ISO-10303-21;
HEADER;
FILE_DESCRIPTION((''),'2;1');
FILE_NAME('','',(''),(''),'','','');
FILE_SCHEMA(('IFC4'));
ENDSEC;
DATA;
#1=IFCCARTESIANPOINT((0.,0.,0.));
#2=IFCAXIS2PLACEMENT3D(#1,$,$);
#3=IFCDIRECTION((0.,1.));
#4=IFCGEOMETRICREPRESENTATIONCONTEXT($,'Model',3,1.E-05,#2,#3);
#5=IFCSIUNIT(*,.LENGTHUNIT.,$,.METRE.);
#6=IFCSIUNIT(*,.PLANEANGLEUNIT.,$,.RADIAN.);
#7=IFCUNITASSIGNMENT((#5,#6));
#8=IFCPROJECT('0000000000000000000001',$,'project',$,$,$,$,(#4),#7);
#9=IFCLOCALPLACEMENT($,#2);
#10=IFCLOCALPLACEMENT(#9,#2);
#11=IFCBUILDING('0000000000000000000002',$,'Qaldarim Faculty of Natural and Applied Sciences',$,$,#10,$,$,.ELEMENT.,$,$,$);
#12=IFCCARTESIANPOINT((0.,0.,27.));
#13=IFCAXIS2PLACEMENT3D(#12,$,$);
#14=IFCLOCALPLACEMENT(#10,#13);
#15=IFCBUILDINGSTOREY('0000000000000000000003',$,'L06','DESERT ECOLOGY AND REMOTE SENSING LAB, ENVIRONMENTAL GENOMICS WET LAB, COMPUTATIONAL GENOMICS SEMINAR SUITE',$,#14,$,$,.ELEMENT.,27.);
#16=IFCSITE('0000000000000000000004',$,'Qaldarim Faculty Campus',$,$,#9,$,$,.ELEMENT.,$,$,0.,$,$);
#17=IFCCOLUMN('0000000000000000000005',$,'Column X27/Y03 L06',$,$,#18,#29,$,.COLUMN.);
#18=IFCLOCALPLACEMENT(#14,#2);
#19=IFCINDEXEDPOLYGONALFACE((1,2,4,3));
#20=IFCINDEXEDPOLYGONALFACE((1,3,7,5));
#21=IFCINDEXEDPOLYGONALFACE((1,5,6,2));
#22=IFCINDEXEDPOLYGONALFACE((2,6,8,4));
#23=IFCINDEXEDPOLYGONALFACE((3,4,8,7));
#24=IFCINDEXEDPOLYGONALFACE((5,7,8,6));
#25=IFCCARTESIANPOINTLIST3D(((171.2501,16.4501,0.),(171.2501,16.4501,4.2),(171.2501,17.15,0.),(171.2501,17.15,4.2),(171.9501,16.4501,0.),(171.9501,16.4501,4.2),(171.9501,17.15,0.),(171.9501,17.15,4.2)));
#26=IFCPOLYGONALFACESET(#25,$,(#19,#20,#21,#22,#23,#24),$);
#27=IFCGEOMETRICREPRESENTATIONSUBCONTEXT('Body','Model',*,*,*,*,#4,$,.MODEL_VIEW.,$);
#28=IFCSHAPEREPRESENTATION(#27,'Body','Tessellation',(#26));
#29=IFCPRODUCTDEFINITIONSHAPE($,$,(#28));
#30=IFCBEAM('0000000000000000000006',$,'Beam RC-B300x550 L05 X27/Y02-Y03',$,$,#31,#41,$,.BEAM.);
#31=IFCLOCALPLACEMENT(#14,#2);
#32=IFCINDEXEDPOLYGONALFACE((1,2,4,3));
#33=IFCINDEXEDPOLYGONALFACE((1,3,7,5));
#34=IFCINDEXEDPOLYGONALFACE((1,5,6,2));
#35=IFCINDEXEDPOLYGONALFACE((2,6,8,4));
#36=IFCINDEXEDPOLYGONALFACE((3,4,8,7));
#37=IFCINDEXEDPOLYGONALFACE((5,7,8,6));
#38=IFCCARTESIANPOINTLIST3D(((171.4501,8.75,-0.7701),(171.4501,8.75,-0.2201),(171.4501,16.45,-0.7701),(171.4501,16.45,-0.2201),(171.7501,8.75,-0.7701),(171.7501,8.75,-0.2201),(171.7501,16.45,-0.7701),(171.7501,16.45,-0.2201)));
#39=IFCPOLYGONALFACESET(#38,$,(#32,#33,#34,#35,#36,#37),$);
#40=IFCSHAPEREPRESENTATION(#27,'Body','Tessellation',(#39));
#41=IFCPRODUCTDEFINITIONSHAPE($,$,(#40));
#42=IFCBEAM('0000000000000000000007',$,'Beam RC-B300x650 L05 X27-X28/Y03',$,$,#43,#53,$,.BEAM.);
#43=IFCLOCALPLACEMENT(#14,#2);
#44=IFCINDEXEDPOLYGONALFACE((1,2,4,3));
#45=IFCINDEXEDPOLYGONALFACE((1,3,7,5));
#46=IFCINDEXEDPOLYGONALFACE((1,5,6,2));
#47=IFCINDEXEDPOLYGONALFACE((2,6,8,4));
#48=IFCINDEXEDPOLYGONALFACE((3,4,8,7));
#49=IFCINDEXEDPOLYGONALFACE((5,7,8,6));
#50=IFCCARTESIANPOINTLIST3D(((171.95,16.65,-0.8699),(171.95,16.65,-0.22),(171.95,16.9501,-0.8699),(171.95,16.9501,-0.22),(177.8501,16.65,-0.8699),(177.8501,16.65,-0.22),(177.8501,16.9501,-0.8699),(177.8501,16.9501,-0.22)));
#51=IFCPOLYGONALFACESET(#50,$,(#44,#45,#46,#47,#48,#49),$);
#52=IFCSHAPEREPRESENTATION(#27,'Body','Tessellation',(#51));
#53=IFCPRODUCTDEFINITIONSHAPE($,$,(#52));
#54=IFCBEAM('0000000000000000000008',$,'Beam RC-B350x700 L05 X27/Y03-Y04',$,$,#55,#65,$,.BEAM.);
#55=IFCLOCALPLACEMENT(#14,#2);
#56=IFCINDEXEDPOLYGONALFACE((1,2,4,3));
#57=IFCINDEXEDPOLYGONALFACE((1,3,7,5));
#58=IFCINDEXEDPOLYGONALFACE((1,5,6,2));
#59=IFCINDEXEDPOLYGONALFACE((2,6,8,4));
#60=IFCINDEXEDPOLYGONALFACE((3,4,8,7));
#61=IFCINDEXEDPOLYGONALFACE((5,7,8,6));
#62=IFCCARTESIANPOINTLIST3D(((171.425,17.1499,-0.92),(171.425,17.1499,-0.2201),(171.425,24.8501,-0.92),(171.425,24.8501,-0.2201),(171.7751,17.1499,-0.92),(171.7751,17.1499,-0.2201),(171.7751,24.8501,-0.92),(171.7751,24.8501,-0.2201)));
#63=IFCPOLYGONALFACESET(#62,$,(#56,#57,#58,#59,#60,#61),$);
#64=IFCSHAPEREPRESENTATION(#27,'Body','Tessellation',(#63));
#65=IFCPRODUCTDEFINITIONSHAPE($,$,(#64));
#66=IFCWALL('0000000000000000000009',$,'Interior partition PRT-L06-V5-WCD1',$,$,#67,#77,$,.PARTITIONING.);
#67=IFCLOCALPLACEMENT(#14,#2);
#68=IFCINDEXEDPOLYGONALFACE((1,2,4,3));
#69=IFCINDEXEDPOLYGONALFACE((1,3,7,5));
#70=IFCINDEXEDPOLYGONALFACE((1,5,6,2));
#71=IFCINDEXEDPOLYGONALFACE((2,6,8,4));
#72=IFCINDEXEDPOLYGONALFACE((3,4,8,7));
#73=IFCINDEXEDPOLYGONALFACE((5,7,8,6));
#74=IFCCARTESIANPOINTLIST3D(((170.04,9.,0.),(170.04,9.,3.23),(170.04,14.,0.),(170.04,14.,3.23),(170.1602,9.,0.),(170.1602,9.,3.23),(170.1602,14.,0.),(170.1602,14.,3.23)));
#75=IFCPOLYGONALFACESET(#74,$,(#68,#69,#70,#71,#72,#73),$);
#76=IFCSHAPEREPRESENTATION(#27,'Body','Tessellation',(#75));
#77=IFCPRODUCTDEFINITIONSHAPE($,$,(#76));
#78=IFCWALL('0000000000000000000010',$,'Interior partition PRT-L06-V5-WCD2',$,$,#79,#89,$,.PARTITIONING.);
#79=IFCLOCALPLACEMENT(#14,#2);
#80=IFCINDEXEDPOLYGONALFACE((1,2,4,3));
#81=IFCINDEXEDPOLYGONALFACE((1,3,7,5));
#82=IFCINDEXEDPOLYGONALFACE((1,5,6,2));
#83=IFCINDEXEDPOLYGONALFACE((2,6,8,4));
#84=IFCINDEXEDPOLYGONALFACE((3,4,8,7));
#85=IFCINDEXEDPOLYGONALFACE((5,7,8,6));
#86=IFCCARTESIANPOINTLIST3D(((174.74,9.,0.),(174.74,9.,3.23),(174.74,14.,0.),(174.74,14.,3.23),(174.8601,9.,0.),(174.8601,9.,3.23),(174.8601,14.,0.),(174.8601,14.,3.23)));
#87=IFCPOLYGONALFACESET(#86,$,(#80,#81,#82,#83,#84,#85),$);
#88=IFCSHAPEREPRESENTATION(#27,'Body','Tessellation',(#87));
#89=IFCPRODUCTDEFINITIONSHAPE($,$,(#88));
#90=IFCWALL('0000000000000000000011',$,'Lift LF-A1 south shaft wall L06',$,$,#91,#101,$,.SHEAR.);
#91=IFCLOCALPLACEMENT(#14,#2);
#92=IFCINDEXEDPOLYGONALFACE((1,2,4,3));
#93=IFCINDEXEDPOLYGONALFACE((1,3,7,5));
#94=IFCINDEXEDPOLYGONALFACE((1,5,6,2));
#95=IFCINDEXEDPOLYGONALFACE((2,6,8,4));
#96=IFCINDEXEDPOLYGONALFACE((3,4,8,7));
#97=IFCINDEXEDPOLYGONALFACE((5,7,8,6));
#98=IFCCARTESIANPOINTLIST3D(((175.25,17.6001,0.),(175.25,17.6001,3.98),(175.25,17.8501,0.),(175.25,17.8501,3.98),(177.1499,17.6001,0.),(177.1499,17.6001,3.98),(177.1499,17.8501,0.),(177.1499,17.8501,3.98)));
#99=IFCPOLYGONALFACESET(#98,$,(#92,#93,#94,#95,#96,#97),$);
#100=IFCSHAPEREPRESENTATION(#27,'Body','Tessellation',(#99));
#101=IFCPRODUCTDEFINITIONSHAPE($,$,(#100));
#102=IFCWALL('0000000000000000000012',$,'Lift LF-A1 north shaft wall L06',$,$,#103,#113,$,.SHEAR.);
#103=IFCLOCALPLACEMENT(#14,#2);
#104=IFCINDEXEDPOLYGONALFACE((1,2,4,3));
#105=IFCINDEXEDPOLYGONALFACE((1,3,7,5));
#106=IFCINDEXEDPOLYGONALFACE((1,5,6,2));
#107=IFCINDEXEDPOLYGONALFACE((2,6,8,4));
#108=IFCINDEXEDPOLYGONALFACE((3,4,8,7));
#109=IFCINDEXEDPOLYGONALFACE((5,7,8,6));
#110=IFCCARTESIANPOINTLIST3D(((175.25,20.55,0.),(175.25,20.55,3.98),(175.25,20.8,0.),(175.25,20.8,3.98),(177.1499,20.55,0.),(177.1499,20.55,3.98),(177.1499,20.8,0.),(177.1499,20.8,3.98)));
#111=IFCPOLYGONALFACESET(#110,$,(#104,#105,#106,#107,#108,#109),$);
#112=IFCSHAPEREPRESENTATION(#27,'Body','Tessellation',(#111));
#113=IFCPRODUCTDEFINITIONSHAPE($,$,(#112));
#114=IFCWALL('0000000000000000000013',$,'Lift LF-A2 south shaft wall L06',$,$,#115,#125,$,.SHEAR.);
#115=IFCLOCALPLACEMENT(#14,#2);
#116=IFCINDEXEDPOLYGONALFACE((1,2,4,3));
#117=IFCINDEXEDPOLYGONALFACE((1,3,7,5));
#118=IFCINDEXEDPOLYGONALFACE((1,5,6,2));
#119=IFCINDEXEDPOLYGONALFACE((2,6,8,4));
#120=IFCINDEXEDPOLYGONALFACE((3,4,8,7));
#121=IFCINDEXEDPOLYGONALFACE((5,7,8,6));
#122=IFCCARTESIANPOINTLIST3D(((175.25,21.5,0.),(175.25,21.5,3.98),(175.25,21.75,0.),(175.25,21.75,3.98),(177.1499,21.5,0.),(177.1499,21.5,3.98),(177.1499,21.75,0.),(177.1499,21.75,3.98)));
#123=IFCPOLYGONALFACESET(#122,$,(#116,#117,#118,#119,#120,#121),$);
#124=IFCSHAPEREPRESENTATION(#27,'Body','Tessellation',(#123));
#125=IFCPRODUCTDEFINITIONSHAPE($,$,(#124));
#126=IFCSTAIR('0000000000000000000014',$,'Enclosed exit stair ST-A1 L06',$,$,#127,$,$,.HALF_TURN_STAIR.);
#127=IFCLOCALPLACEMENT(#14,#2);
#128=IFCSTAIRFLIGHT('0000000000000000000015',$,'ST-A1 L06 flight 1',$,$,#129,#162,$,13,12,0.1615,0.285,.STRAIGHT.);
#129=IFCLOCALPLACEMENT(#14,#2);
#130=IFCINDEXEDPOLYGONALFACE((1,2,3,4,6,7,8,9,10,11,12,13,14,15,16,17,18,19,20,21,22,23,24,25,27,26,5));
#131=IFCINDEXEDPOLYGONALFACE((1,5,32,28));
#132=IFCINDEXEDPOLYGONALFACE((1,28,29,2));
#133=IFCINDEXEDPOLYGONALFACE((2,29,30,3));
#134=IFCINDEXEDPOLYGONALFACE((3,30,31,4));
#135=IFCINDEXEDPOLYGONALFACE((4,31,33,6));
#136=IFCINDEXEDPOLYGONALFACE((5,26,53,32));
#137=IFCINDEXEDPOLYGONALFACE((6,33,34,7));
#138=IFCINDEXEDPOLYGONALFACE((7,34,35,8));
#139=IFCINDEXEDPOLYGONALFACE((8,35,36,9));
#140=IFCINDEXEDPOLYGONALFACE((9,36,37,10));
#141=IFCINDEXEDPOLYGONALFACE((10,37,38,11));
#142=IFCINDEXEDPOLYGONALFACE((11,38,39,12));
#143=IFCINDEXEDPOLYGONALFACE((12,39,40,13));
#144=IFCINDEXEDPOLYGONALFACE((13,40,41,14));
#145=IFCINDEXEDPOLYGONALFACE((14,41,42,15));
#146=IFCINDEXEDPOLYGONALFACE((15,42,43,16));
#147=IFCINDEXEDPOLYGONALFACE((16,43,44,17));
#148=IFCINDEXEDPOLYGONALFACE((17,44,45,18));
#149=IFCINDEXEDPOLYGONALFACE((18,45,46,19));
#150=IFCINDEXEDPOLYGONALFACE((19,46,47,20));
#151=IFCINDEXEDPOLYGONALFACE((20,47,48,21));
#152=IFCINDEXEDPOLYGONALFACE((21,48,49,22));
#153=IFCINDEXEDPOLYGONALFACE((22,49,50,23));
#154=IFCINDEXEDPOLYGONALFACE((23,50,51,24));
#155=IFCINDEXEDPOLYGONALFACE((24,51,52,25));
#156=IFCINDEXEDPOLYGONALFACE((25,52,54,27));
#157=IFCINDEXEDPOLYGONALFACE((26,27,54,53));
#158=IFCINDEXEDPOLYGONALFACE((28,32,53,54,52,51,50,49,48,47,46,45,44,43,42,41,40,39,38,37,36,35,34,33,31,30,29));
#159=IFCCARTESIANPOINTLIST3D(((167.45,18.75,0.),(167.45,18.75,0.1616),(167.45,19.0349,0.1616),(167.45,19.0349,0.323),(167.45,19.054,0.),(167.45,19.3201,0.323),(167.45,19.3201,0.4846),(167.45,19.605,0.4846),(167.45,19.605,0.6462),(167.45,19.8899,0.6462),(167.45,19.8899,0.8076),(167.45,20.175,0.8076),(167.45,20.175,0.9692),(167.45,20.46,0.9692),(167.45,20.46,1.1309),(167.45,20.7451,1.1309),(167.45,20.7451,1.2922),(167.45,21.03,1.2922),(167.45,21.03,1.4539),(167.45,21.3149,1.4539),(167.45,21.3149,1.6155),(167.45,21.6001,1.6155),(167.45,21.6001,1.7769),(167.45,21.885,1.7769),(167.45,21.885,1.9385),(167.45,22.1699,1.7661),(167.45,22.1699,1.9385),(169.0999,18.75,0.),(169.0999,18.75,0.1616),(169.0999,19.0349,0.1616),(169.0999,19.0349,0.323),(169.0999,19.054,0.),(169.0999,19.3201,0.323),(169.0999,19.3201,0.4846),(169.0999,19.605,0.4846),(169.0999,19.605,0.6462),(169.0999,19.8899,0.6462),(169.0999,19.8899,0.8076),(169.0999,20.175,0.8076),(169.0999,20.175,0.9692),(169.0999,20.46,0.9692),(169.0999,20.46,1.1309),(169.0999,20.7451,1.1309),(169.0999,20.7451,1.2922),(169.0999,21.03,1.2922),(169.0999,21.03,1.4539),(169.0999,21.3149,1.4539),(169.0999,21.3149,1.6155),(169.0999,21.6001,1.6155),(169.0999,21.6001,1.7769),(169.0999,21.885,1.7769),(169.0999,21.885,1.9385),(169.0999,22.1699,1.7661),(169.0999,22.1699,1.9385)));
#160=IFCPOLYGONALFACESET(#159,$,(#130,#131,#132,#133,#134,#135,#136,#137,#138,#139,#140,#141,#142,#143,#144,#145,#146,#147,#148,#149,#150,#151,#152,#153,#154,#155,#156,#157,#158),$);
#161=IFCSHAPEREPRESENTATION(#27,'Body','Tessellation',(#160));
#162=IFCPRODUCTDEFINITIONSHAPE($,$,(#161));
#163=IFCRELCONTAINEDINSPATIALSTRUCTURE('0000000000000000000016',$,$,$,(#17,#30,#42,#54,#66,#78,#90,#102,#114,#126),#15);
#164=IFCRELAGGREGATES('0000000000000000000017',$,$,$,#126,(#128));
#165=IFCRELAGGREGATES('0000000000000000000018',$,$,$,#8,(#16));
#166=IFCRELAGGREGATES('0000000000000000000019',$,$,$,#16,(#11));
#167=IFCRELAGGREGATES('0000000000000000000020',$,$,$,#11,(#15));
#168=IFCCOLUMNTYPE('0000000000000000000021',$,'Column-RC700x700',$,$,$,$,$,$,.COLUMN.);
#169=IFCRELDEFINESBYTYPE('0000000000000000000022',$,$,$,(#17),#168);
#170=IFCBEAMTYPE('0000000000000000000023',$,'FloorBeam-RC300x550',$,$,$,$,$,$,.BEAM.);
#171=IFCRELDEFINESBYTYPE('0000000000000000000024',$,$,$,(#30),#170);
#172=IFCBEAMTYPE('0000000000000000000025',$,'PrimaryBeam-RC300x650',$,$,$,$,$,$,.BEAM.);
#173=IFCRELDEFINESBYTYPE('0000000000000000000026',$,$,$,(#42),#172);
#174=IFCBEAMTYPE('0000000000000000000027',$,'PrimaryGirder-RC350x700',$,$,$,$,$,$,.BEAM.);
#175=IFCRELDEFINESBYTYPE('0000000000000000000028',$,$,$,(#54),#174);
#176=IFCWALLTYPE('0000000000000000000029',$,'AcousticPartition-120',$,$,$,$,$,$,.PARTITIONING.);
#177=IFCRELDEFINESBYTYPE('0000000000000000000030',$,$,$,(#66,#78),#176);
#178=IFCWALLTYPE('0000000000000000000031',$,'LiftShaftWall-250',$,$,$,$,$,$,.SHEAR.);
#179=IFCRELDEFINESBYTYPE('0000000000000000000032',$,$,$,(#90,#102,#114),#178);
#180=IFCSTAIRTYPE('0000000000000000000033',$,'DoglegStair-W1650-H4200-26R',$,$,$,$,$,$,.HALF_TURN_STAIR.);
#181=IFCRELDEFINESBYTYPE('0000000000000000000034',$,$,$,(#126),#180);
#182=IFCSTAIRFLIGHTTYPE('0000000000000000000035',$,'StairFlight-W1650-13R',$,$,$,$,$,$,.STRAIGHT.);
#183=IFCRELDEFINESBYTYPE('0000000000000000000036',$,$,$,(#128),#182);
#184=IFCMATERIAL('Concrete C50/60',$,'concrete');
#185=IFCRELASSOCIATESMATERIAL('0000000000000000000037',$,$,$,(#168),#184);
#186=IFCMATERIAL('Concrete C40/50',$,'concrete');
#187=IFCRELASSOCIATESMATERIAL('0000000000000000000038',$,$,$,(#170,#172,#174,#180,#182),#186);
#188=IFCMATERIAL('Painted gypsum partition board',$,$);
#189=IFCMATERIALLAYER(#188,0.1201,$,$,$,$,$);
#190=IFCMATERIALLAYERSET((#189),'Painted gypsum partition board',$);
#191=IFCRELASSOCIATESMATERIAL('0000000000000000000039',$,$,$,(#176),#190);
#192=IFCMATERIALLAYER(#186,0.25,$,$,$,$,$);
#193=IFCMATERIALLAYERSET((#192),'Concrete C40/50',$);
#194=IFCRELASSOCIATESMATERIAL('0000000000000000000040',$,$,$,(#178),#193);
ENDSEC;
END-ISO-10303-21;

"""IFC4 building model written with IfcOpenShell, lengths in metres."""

from ifc_helpers import new_model, si_unit, direction, frame, frame_2d, origin, origin_2d, place, context, subcontext, project, spatial, polyline, rectangle, outline, extrude, material, layer, layer_set, material_profile, profile_set, type_object, element, aggregate, save


model = new_model("IFC4")

# Units and contexts
model_context = context("Model", 3, precision=1e-05, world=origin(), true_north=direction((0.0, 1.0)))
body_context = subcontext(model_context, "Body", "Model", "MODEL_VIEW")
ifc_project = project(units=[si_unit("LENGTHUNIT", "METRE"), si_unit("PLANEANGLEUNIT", "RADIAN")], contexts=[model_context])

# Site, building, storey
site_placement = place(None, origin())
site = spatial("IfcSite", under=ifc_project, at=site_placement, Name="Qaldarim Faculty Campus", CompositionType="ELEMENT", RefElevation=0.0)
building_placement = place(site_placement, origin())
building = spatial("IfcBuilding", under=site, at=building_placement, Name="Qaldarim Faculty of Natural and Applied Sciences", CompositionType="ELEMENT")
storey_placement = place(building_placement, frame((0.0, 0.0, 27.0)))
storey = spatial("IfcBuildingStorey", under=building, at=storey_placement, Name="L06", Description="DESERT ECOLOGY AND REMOTE SENSING LAB, ENVIRONMENTAL GENOMICS WET LAB, COMPUTATIONAL GENOMICS SEMINAR SUITE", CompositionType="ELEMENT", Elevation=27.0)

# Column
ifc_material_1 = material(Name="Concrete C50/60", Category="concrete")
ifc_material_profile_1 = material_profile(ifc_material_1, rectangle(XDim=0.7, YDim=0.7, at=origin_2d()), Name="RC-C700x700")
ifc_profile_set_1 = profile_set([ifc_material_profile_1], Name="Concrete C50/60")
column_type = type_object("IfcColumnType", Name="Column-RC700x700", PredefinedType="COLUMN", material=ifc_profile_set_1)
column_placement = place(storey_placement, frame((171.6001, 16.8, 0.0), z_axis=(0.0, 0.0, 1.0), x_axis=(1.0, 0.0, 0.0)))
element("IfcColumn", 1, at=column_placement, inside=storey, type_object=column_type, Name="Column X27/Y03 L06", PredefinedType="COLUMN", context=body_context, shape_type="SweptSolid", body=[
    extrude(rectangle(XDim=0.7, YDim=0.7, at=origin_2d()), origin(), (0.0, 0.0, 1.0), 4.2),
])

# Beams
ifc_material_2 = material(Name="Concrete C40/50", Category="concrete")
ifc_material_profile_2 = material_profile(ifc_material_2, rectangle(XDim=0.3, YDim=0.55, at=origin_2d()), Name="RC-B300x550")
ifc_profile_set_2 = profile_set([ifc_material_profile_2], Name="Concrete C40/50")
beam_type_1 = type_object("IfcBeamType", Name="FloorBeam-RC300x550", PredefinedType="BEAM", material=ifc_profile_set_2)
beam_1_placement = place(storey_placement, frame((171.6001, 8.75, -0.4951), z_axis=(0.0, 1.0, 0.0), x_axis=(-1.0, 0.0, 0.0)))
element("IfcBeam", 2, at=beam_1_placement, inside=storey, type_object=beam_type_1, Name="Beam RC-B300x550 L05 X27/Y02-Y03", PredefinedType="BEAM", context=body_context, shape_type="SweptSolid", body=[
    extrude(rectangle(XDim=0.3, YDim=0.55, at=origin_2d()), origin(), (0.0, 0.0, 1.0), 7.7),
])
ifc_material_profile_3 = material_profile(ifc_material_2, rectangle(XDim=0.3, YDim=0.6499, at=origin_2d()), Name="RC-B300x650")
ifc_profile_set_3 = profile_set([ifc_material_profile_3], Name="Concrete C40/50")
beam_type_2 = type_object("IfcBeamType", Name="PrimaryBeam-RC300x650", PredefinedType="BEAM", material=ifc_profile_set_3)
beam_2_placement = place(storey_placement, frame((171.95, 16.8, -0.5449), z_axis=(1.0, 0.0, 0.0), x_axis=(0.0, 1.0, 0.0)))
element("IfcBeam", 3, at=beam_2_placement, inside=storey, type_object=beam_type_2, Name="Beam RC-B300x650 L05 X27-X28/Y03", PredefinedType="BEAM", context=body_context, shape_type="SweptSolid", body=[
    extrude(rectangle(XDim=0.3, YDim=0.6499, at=origin_2d()), origin(), (0.0, 0.0, 1.0), 5.9001),
])
ifc_material_profile_4 = material_profile(ifc_material_2, rectangle(XDim=0.3501, YDim=0.7, at=origin_2d()), Name="RC-B350x700")
ifc_profile_set_4 = profile_set([ifc_material_profile_4], Name="Concrete C40/50")
beam_type_3 = type_object("IfcBeamType", Name="PrimaryGirder-RC350x700", PredefinedType="BEAM", material=ifc_profile_set_4)
beam_3_placement = place(storey_placement, frame((171.6001, 17.1499, -0.5701), z_axis=(0.0, 1.0, 0.0), x_axis=(-1.0, 0.0, 0.0)))
element("IfcBeam", 4, at=beam_3_placement, inside=storey, type_object=beam_type_3, Name="Beam RC-B350x700 L05 X27/Y03-Y04", PredefinedType="BEAM", context=body_context, shape_type="SweptSolid", body=[
    extrude(rectangle(XDim=0.3501, YDim=0.7, at=origin_2d()), origin(), (0.0, 0.0, 1.0), 7.7002),
])

# Walls
ifc_material_3 = material(Name="Painted gypsum partition board")
ifc_layer_1 = layer(ifc_material_3, 0.1201)
ifc_layer_set_1 = layer_set([ifc_layer_1], Name="Painted gypsum partition board")
wall_type_1 = type_object("IfcWallType", Name="AcousticPartition-120", PredefinedType="PARTITIONING", material=ifc_layer_set_1)
for number, where, z_axis, x_axis, name in (
    (5, (170.1001, 9.0, 0.0), (0.0, 0.0, 1.0), (0.0, 1.0, 0.0), "Interior partition PRT-L06-V5-WCD1"),
    (6, (174.8, 9.0, 0.0), (0.0, 0.0, 1.0), (0.0, 1.0, 0.0), "Interior partition PRT-L06-V5-WCD2"),
):
    element("IfcWall", number, at=place(storey_placement, frame(where, z_axis=z_axis, x_axis=x_axis)), inside=storey, type_object=wall_type_1, Name=name, PredefinedType="PARTITIONING", context=body_context, shape_type="SweptSolid", body=[
        extrude(rectangle(XDim=5.0, YDim=0.1201, at=frame_2d((2.5, 0.0))), origin(), (0.0, 0.0, 1.0), 3.23),
    ])

# Shared definitions
ifc_layer_2 = layer(ifc_material_2, 0.25)
ifc_layer_set_2 = layer_set([ifc_layer_2], Name="Concrete C40/50")
wall_type_2 = type_object("IfcWallType", Name="LiftShaftWall-250", PredefinedType="SHEAR", material=ifc_layer_set_2)

# Walls
for number, where, z_axis, x_axis, name in (
    (7, (175.25, 17.7251, 0.0), (0.0, 0.0, 1.0), (1.0, 0.0, 0.0), "Lift LF-A1 south shaft wall L06"),
    (8, (175.25, 20.675, 0.0), (0.0, 0.0, 1.0), (1.0, 0.0, 0.0), "Lift LF-A1 north shaft wall L06"),
):
    element("IfcWall", number, at=place(storey_placement, frame(where, z_axis=z_axis, x_axis=x_axis)), inside=storey, type_object=wall_type_2, Name=name, PredefinedType="SHEAR", context=body_context, shape_type="SweptSolid", body=[
        extrude(rectangle(XDim=1.8999, YDim=0.25, at=frame_2d((0.95, 0.0))), origin(), (0.0, 0.0, 1.0), 3.98),
    ])

# Wall
wall_1_placement = place(storey_placement, frame((175.25, 21.625, 0.0), z_axis=(0.0, 0.0, 1.0), x_axis=(1.0, 0.0, 0.0)))
element("IfcWall", 9, at=wall_1_placement, inside=storey, type_object=wall_type_2, Name="Lift LF-A2 south shaft wall L06", PredefinedType="SHEAR", context=body_context, shape_type="SweptSolid", body=[
    extrude(rectangle(XDim=1.8999, YDim=0.25, at=frame_2d((0.95, 0.0))), origin(), (0.0, 0.0, 1.0), 3.98),
])

# Stair, stair flight
stair_type = type_object("IfcStairType", Name="DoglegStair-W1650-H4200-26R", PredefinedType="HALF_TURN_STAIR", material=ifc_material_2)
stair_placement = place(storey_placement, origin())
stair = element("IfcStair", 10, at=stair_placement, inside=storey, type_object=stair_type, Name="Enclosed exit stair ST-A1 L06", PredefinedType="HALF_TURN_STAIR")
stair_flight_type = type_object("IfcStairFlightType", Name="StairFlight-W1650-13R", PredefinedType="STRAIGHT", material=ifc_material_2)
stair_flight_placement = place(storey_placement, frame((168.2749, 18.75, 0.0), z_axis=(0.0, 0.0, 1.0), x_axis=(0.0, 1.0, 0.0)))
stair_flight = element("IfcStairFlight", 11, at=stair_flight_placement, type_object=stair_flight_type, Name="ST-A1 L06 flight 1", NumberOfRisers=13, NumberOfTreads=12, PredefinedType="STRAIGHT", RiserHeight=0.1615, TreadLength=0.285, context=body_context, shape_type="SweptSolid", body=[
    extrude(outline(polyline([(0.0, 0.0), (0.0, 0.1616), (0.2849, 0.1616), (0.2849, 0.323), (0.5701, 0.323), (0.5701, 0.4846), (0.855, 0.4846), (0.855, 0.6462), (1.1399, 0.6462), (1.1399, 0.8076), (1.425, 0.8076), (1.425, 0.9692), (1.71, 0.9692), (1.71, 1.1309), (1.9951, 1.1309), (1.9951, 1.2922), (2.28, 1.2922), (2.28, 1.4539), (2.5649, 1.4539), (2.5649, 1.6155), (2.8501, 1.6155), (2.8501, 1.7769), (3.135, 1.7769), (3.135, 1.9385), (3.4199, 1.9385), (3.4199, 2.1001), (3.4199, 1.7661), (0.304, 0.0), (0.0, 0.0)])), frame((0.0, 0.825, 0.0), z_axis=(0.0, -1.0, 0.0), x_axis=(1.0, 0.0, 0.0)), (0.0, 0.0, 1.0), 1.6499),
])
aggregate(stair, [stair_flight])

save(model, "model.ifc")
